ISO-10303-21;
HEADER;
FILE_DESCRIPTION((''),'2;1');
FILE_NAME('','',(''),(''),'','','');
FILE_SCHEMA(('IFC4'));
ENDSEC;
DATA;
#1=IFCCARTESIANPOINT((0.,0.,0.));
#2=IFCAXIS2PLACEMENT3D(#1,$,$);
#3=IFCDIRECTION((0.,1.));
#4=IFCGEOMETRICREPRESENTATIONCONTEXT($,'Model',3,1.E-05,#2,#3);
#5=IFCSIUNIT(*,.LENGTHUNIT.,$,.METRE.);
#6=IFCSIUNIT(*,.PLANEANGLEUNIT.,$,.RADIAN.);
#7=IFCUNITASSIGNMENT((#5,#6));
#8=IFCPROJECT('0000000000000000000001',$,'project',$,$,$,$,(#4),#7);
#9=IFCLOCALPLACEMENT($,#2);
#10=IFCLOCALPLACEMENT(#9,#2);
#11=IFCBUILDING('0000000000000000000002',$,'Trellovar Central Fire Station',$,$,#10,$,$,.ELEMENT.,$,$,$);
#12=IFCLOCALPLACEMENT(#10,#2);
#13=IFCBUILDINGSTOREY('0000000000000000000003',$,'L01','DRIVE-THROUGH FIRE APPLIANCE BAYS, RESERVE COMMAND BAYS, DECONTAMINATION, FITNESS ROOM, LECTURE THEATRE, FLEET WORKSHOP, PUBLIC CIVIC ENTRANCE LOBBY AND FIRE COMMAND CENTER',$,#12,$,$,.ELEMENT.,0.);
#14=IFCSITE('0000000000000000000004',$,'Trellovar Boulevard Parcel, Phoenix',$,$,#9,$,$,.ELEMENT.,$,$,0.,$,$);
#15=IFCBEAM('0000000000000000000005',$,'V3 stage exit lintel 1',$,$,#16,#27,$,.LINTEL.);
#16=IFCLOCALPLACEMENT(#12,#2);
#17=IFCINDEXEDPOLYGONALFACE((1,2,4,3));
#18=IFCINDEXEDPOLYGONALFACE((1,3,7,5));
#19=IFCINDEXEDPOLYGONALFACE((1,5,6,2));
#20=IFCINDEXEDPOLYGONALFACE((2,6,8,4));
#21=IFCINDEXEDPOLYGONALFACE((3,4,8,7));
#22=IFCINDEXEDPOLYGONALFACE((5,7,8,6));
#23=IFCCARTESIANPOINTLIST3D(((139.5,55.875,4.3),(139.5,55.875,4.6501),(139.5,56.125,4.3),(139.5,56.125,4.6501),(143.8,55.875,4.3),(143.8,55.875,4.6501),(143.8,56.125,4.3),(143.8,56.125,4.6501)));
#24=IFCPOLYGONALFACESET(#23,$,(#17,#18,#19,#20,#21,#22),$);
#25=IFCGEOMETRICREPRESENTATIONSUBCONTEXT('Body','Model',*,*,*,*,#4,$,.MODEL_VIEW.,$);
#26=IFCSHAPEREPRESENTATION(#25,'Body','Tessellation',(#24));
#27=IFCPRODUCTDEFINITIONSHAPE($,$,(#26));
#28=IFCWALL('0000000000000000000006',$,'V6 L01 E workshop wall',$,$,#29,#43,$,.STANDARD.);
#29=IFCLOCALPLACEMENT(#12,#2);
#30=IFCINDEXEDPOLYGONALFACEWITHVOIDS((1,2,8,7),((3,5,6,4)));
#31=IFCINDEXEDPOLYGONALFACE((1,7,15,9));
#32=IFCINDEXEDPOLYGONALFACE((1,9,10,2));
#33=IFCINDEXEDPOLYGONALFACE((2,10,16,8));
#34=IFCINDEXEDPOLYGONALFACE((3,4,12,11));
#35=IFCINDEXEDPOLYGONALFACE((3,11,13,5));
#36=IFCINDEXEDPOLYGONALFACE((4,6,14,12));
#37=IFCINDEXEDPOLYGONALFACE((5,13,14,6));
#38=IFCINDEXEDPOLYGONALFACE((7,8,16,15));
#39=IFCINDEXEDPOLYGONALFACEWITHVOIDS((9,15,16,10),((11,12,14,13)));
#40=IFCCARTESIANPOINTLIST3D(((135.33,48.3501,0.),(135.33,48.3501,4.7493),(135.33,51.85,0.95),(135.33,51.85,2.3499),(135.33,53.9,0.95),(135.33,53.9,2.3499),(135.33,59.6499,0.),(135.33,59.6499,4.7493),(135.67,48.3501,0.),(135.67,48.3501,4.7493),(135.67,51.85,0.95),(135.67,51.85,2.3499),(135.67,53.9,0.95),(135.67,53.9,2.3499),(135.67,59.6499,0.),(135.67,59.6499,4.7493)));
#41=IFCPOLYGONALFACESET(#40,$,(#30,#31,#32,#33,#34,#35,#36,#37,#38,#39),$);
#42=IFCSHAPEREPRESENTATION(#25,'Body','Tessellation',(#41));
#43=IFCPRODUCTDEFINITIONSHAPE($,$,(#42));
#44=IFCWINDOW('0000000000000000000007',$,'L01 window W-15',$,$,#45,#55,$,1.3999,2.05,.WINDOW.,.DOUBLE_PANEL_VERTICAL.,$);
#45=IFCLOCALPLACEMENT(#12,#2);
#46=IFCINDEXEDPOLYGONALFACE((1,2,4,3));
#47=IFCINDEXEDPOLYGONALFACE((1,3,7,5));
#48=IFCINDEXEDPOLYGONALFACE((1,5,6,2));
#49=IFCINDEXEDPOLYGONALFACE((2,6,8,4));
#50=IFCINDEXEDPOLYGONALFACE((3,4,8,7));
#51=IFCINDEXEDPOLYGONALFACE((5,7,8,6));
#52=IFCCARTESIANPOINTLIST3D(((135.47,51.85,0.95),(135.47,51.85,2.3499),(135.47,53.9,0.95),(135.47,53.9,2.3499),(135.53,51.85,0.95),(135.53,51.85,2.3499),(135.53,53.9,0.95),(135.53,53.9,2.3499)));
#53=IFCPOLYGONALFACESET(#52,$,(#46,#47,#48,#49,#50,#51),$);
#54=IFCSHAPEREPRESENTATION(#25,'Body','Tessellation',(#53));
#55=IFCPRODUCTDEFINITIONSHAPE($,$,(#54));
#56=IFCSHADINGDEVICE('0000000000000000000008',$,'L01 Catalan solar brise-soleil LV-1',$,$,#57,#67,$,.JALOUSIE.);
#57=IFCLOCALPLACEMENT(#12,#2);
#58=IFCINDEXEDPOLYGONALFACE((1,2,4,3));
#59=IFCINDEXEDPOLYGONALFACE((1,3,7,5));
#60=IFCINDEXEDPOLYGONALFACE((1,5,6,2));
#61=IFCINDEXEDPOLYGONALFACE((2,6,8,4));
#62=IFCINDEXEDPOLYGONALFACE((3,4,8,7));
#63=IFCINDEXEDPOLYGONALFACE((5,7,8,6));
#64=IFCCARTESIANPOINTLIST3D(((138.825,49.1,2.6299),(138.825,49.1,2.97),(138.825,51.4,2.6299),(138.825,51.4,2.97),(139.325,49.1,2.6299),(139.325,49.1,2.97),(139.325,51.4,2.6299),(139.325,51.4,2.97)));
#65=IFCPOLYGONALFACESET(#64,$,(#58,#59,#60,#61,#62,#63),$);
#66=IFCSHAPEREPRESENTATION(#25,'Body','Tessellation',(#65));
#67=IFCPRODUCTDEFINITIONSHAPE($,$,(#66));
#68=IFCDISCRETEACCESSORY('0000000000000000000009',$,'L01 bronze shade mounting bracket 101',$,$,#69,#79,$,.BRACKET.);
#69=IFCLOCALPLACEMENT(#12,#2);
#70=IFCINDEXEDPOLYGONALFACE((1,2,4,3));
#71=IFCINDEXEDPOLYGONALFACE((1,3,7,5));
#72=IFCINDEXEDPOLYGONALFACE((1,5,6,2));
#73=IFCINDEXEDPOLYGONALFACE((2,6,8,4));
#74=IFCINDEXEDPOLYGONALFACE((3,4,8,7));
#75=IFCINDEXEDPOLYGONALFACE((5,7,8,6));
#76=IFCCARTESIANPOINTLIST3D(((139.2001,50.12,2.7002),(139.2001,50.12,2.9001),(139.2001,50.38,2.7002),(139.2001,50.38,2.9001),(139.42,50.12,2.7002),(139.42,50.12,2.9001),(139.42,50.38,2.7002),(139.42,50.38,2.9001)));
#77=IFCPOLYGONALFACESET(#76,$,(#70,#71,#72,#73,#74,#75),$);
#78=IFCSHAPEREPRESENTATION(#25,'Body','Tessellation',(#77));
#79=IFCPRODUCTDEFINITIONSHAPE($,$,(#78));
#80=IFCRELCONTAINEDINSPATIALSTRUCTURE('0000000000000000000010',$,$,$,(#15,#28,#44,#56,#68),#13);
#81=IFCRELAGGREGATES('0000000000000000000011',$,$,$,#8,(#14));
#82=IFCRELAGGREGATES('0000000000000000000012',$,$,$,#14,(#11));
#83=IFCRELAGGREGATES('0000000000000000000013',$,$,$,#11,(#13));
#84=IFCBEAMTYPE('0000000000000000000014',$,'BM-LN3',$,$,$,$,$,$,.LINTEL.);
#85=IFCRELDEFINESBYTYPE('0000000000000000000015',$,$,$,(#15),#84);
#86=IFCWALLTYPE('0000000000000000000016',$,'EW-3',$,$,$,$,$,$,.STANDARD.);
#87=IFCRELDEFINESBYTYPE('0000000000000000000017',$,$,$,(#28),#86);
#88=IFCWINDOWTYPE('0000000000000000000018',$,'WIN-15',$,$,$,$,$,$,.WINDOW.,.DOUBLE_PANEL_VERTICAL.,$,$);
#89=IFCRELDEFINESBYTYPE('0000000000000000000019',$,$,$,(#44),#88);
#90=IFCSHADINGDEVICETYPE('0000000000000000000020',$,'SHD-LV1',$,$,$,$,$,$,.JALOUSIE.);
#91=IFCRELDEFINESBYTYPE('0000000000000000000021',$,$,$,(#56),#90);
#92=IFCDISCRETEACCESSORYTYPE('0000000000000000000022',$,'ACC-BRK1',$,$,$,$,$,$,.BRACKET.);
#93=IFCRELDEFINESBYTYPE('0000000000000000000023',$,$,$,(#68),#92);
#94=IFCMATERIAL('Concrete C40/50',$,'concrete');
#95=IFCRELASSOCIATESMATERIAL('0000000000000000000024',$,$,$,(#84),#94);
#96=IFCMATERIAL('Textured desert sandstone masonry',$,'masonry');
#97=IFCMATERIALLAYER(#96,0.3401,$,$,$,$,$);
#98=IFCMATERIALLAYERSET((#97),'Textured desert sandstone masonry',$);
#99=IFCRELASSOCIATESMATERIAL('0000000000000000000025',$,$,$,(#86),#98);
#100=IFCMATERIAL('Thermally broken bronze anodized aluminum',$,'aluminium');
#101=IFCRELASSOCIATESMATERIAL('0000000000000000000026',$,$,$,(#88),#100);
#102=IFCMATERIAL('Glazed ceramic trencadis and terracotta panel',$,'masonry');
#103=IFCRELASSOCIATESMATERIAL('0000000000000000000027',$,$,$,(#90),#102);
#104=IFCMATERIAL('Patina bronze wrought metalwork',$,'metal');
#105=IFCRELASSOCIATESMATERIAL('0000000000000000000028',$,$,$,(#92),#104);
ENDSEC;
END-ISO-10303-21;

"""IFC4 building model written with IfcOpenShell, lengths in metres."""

from ifc_helpers import new_model, si_unit, direction, frame, frame_2d, origin, origin_2d, place, context, subcontext, project, spatial, rectangle, extrude, material, layer, layer_set, material_profile, profile_set, type_object, element, fill, save


model = new_model("IFC4")

# Units and contexts
model_context = context("Model", 3, precision=1e-05, world=origin(), true_north=direction((0.0, 1.0)))
body_context = subcontext(model_context, "Body", "Model", "MODEL_VIEW")
ifc_project = project(units=[si_unit("LENGTHUNIT", "METRE"), si_unit("PLANEANGLEUNIT", "RADIAN")], contexts=[model_context])

# Site, building, storey
site_placement = place(None, origin())
site = spatial("IfcSite", under=ifc_project, at=site_placement, Name="Trellovar Boulevard Parcel, Phoenix", CompositionType="ELEMENT", RefElevation=0.0)
building_placement = place(site_placement, origin())
building = spatial("IfcBuilding", under=site, at=building_placement, Name="Trellovar Central Fire Station", CompositionType="ELEMENT")
storey_placement = place(building_placement, origin())
storey = spatial("IfcBuildingStorey", under=building, at=storey_placement, Name="L01", Description="DRIVE-THROUGH FIRE APPLIANCE BAYS, RESERVE COMMAND BAYS, DECONTAMINATION, FITNESS ROOM, LECTURE THEATRE, FLEET WORKSHOP, PUBLIC CIVIC ENTRANCE LOBBY AND FIRE COMMAND CENTER", CompositionType="ELEMENT", Elevation=0.0)

# Beam
ifc_material_1 = material(Name="Concrete C40/50", Category="concrete")
ifc_material_profile_1 = material_profile(ifc_material_1, rectangle(XDim=0.25, YDim=0.3501, at=origin_2d()), Name="RC250X350")
ifc_profile_set_1 = profile_set([ifc_material_profile_1], Name="Concrete C40/50")
beam_type = type_object("IfcBeamType", Name="BM-LN3", PredefinedType="LINTEL", material=ifc_profile_set_1)
beam_placement = place(storey_placement, frame((139.5, 56.0, 4.4751), z_axis=(1.0, 0.0, 0.0), x_axis=(0.0, 1.0, 0.0)))
element("IfcBeam", 1, at=beam_placement, inside=storey, type_object=beam_type, Name="V3 stage exit lintel 1", PredefinedType="LINTEL", context=body_context, shape_type="SweptSolid", body=[
    extrude(rectangle(XDim=0.25, YDim=0.3501, at=origin_2d()), origin(), (0.0, 0.0, 1.0), 4.3),
])

# Wall, opening, window
ifc_material_2 = material(Name="Textured desert sandstone masonry", Category="masonry")
ifc_layer = layer(ifc_material_2, 0.3401)
ifc_layer_set = layer_set([ifc_layer], Name="Textured desert sandstone masonry")
wall_type = type_object("IfcWallType", Name="EW-3", PredefinedType="STANDARD", material=ifc_layer_set)
wall_placement = place(storey_placement, frame((135.5, 48.3501, 0.0), z_axis=(0.0, 0.0, 1.0), x_axis=(0.0, 1.0, 0.0)))
wall = element("IfcWall", 2, at=wall_placement, inside=storey, type_object=wall_type, Name="V6 L01 E workshop wall", PredefinedType="STANDARD", context=body_context, shape_type="SweptSolid", body=[
    extrude(rectangle(XDim=11.2998, YDim=0.3401, at=frame_2d((5.6499, 0.0))), origin(), (0.0, 0.0, 1.0), 4.7493),
])
opening_placement = place(wall_placement, frame((3.5, 0.0, 0.95)))
opening = element("IfcOpeningElement", 3, at=opening_placement, cuts=wall, PredefinedType="OPENING", context=body_context, shape_type="SweptSolid", body=[
    extrude(rectangle(XDim=2.05, YDim=1.3999, at=frame_2d((1.0249, 0.7))), frame((0.0, 0.1799, 0.0), z_axis=(0.0, -1.0, 0.0), x_axis=(1.0, 0.0, 0.0)), (0.0, 0.0, 1.0), 0.3601),
])
ifc_material_3 = material(Name="Thermally broken bronze anodized aluminum", Category="aluminium")
window_type = type_object("IfcWindowType", Name="WIN-15", PartitioningType="DOUBLE_PANEL_VERTICAL", PredefinedType="WINDOW", material=ifc_material_3)
window_placement = place(opening_placement, origin())
window = element("IfcWindow", 4, at=window_placement, inside=storey, type_object=window_type, Name="L01 window W-15", OverallHeight=1.3999, OverallWidth=2.05, PartitioningType="DOUBLE_PANEL_VERTICAL", PredefinedType="WINDOW", context=body_context, shape_type="SweptSolid", body=[
    extrude(rectangle(XDim=2.05, YDim=1.3999, at=frame_2d((1.0249, 0.7))), frame((0.0, 0.03, 0.0), z_axis=(0.0, -1.0, 0.0), x_axis=(1.0, 0.0, 0.0)), (0.0, 0.0, 1.0), 0.0601),
])
fill(opening, window)

# Shading device
ifc_material_4 = material(Name="Glazed ceramic trencadis and terracotta panel", Category="masonry")
shading_device_type = type_object("IfcShadingDeviceType", Name="SHD-LV1", PredefinedType="JALOUSIE", material=ifc_material_4)
shading_device_placement = place(storey_placement, frame((139.075, 50.25, 2.6299), z_axis=(0.0, 0.0, 1.0), x_axis=(0.0, 1.0, 0.0)))
element("IfcShadingDevice", 5, at=shading_device_placement, inside=storey, type_object=shading_device_type, Name="L01 Catalan solar brise-soleil LV-1", PredefinedType="JALOUSIE", context=body_context, shape_type="SweptSolid", body=[
    extrude(rectangle(XDim=2.3, YDim=0.5, at=origin_2d()), origin(), (0.0, 0.0, 1.0), 0.3401),
])

# Discrete accessory
ifc_material_5 = material(Name="Patina bronze wrought metalwork", Category="metal")
discrete_accessory_type = type_object("IfcDiscreteAccessoryType", Name="ACC-BRK1", PredefinedType="BRACKET", material=ifc_material_5)
discrete_accessory_placement = place(storey_placement, frame((139.3101, 50.25, 2.7002), z_axis=(0.0, 0.0, 1.0), x_axis=(0.0, 1.0, 0.0)))
element("IfcDiscreteAccessory", 6, at=discrete_accessory_placement, inside=storey, type_object=discrete_accessory_type, Name="L01 bronze shade mounting bracket 101", PredefinedType="BRACKET", context=body_context, shape_type="SweptSolid", body=[
    extrude(rectangle(XDim=0.26, YDim=0.22, at=origin_2d()), origin(), (0.0, 0.0, 1.0), 0.2),
])

save(model, "model.ifc")
